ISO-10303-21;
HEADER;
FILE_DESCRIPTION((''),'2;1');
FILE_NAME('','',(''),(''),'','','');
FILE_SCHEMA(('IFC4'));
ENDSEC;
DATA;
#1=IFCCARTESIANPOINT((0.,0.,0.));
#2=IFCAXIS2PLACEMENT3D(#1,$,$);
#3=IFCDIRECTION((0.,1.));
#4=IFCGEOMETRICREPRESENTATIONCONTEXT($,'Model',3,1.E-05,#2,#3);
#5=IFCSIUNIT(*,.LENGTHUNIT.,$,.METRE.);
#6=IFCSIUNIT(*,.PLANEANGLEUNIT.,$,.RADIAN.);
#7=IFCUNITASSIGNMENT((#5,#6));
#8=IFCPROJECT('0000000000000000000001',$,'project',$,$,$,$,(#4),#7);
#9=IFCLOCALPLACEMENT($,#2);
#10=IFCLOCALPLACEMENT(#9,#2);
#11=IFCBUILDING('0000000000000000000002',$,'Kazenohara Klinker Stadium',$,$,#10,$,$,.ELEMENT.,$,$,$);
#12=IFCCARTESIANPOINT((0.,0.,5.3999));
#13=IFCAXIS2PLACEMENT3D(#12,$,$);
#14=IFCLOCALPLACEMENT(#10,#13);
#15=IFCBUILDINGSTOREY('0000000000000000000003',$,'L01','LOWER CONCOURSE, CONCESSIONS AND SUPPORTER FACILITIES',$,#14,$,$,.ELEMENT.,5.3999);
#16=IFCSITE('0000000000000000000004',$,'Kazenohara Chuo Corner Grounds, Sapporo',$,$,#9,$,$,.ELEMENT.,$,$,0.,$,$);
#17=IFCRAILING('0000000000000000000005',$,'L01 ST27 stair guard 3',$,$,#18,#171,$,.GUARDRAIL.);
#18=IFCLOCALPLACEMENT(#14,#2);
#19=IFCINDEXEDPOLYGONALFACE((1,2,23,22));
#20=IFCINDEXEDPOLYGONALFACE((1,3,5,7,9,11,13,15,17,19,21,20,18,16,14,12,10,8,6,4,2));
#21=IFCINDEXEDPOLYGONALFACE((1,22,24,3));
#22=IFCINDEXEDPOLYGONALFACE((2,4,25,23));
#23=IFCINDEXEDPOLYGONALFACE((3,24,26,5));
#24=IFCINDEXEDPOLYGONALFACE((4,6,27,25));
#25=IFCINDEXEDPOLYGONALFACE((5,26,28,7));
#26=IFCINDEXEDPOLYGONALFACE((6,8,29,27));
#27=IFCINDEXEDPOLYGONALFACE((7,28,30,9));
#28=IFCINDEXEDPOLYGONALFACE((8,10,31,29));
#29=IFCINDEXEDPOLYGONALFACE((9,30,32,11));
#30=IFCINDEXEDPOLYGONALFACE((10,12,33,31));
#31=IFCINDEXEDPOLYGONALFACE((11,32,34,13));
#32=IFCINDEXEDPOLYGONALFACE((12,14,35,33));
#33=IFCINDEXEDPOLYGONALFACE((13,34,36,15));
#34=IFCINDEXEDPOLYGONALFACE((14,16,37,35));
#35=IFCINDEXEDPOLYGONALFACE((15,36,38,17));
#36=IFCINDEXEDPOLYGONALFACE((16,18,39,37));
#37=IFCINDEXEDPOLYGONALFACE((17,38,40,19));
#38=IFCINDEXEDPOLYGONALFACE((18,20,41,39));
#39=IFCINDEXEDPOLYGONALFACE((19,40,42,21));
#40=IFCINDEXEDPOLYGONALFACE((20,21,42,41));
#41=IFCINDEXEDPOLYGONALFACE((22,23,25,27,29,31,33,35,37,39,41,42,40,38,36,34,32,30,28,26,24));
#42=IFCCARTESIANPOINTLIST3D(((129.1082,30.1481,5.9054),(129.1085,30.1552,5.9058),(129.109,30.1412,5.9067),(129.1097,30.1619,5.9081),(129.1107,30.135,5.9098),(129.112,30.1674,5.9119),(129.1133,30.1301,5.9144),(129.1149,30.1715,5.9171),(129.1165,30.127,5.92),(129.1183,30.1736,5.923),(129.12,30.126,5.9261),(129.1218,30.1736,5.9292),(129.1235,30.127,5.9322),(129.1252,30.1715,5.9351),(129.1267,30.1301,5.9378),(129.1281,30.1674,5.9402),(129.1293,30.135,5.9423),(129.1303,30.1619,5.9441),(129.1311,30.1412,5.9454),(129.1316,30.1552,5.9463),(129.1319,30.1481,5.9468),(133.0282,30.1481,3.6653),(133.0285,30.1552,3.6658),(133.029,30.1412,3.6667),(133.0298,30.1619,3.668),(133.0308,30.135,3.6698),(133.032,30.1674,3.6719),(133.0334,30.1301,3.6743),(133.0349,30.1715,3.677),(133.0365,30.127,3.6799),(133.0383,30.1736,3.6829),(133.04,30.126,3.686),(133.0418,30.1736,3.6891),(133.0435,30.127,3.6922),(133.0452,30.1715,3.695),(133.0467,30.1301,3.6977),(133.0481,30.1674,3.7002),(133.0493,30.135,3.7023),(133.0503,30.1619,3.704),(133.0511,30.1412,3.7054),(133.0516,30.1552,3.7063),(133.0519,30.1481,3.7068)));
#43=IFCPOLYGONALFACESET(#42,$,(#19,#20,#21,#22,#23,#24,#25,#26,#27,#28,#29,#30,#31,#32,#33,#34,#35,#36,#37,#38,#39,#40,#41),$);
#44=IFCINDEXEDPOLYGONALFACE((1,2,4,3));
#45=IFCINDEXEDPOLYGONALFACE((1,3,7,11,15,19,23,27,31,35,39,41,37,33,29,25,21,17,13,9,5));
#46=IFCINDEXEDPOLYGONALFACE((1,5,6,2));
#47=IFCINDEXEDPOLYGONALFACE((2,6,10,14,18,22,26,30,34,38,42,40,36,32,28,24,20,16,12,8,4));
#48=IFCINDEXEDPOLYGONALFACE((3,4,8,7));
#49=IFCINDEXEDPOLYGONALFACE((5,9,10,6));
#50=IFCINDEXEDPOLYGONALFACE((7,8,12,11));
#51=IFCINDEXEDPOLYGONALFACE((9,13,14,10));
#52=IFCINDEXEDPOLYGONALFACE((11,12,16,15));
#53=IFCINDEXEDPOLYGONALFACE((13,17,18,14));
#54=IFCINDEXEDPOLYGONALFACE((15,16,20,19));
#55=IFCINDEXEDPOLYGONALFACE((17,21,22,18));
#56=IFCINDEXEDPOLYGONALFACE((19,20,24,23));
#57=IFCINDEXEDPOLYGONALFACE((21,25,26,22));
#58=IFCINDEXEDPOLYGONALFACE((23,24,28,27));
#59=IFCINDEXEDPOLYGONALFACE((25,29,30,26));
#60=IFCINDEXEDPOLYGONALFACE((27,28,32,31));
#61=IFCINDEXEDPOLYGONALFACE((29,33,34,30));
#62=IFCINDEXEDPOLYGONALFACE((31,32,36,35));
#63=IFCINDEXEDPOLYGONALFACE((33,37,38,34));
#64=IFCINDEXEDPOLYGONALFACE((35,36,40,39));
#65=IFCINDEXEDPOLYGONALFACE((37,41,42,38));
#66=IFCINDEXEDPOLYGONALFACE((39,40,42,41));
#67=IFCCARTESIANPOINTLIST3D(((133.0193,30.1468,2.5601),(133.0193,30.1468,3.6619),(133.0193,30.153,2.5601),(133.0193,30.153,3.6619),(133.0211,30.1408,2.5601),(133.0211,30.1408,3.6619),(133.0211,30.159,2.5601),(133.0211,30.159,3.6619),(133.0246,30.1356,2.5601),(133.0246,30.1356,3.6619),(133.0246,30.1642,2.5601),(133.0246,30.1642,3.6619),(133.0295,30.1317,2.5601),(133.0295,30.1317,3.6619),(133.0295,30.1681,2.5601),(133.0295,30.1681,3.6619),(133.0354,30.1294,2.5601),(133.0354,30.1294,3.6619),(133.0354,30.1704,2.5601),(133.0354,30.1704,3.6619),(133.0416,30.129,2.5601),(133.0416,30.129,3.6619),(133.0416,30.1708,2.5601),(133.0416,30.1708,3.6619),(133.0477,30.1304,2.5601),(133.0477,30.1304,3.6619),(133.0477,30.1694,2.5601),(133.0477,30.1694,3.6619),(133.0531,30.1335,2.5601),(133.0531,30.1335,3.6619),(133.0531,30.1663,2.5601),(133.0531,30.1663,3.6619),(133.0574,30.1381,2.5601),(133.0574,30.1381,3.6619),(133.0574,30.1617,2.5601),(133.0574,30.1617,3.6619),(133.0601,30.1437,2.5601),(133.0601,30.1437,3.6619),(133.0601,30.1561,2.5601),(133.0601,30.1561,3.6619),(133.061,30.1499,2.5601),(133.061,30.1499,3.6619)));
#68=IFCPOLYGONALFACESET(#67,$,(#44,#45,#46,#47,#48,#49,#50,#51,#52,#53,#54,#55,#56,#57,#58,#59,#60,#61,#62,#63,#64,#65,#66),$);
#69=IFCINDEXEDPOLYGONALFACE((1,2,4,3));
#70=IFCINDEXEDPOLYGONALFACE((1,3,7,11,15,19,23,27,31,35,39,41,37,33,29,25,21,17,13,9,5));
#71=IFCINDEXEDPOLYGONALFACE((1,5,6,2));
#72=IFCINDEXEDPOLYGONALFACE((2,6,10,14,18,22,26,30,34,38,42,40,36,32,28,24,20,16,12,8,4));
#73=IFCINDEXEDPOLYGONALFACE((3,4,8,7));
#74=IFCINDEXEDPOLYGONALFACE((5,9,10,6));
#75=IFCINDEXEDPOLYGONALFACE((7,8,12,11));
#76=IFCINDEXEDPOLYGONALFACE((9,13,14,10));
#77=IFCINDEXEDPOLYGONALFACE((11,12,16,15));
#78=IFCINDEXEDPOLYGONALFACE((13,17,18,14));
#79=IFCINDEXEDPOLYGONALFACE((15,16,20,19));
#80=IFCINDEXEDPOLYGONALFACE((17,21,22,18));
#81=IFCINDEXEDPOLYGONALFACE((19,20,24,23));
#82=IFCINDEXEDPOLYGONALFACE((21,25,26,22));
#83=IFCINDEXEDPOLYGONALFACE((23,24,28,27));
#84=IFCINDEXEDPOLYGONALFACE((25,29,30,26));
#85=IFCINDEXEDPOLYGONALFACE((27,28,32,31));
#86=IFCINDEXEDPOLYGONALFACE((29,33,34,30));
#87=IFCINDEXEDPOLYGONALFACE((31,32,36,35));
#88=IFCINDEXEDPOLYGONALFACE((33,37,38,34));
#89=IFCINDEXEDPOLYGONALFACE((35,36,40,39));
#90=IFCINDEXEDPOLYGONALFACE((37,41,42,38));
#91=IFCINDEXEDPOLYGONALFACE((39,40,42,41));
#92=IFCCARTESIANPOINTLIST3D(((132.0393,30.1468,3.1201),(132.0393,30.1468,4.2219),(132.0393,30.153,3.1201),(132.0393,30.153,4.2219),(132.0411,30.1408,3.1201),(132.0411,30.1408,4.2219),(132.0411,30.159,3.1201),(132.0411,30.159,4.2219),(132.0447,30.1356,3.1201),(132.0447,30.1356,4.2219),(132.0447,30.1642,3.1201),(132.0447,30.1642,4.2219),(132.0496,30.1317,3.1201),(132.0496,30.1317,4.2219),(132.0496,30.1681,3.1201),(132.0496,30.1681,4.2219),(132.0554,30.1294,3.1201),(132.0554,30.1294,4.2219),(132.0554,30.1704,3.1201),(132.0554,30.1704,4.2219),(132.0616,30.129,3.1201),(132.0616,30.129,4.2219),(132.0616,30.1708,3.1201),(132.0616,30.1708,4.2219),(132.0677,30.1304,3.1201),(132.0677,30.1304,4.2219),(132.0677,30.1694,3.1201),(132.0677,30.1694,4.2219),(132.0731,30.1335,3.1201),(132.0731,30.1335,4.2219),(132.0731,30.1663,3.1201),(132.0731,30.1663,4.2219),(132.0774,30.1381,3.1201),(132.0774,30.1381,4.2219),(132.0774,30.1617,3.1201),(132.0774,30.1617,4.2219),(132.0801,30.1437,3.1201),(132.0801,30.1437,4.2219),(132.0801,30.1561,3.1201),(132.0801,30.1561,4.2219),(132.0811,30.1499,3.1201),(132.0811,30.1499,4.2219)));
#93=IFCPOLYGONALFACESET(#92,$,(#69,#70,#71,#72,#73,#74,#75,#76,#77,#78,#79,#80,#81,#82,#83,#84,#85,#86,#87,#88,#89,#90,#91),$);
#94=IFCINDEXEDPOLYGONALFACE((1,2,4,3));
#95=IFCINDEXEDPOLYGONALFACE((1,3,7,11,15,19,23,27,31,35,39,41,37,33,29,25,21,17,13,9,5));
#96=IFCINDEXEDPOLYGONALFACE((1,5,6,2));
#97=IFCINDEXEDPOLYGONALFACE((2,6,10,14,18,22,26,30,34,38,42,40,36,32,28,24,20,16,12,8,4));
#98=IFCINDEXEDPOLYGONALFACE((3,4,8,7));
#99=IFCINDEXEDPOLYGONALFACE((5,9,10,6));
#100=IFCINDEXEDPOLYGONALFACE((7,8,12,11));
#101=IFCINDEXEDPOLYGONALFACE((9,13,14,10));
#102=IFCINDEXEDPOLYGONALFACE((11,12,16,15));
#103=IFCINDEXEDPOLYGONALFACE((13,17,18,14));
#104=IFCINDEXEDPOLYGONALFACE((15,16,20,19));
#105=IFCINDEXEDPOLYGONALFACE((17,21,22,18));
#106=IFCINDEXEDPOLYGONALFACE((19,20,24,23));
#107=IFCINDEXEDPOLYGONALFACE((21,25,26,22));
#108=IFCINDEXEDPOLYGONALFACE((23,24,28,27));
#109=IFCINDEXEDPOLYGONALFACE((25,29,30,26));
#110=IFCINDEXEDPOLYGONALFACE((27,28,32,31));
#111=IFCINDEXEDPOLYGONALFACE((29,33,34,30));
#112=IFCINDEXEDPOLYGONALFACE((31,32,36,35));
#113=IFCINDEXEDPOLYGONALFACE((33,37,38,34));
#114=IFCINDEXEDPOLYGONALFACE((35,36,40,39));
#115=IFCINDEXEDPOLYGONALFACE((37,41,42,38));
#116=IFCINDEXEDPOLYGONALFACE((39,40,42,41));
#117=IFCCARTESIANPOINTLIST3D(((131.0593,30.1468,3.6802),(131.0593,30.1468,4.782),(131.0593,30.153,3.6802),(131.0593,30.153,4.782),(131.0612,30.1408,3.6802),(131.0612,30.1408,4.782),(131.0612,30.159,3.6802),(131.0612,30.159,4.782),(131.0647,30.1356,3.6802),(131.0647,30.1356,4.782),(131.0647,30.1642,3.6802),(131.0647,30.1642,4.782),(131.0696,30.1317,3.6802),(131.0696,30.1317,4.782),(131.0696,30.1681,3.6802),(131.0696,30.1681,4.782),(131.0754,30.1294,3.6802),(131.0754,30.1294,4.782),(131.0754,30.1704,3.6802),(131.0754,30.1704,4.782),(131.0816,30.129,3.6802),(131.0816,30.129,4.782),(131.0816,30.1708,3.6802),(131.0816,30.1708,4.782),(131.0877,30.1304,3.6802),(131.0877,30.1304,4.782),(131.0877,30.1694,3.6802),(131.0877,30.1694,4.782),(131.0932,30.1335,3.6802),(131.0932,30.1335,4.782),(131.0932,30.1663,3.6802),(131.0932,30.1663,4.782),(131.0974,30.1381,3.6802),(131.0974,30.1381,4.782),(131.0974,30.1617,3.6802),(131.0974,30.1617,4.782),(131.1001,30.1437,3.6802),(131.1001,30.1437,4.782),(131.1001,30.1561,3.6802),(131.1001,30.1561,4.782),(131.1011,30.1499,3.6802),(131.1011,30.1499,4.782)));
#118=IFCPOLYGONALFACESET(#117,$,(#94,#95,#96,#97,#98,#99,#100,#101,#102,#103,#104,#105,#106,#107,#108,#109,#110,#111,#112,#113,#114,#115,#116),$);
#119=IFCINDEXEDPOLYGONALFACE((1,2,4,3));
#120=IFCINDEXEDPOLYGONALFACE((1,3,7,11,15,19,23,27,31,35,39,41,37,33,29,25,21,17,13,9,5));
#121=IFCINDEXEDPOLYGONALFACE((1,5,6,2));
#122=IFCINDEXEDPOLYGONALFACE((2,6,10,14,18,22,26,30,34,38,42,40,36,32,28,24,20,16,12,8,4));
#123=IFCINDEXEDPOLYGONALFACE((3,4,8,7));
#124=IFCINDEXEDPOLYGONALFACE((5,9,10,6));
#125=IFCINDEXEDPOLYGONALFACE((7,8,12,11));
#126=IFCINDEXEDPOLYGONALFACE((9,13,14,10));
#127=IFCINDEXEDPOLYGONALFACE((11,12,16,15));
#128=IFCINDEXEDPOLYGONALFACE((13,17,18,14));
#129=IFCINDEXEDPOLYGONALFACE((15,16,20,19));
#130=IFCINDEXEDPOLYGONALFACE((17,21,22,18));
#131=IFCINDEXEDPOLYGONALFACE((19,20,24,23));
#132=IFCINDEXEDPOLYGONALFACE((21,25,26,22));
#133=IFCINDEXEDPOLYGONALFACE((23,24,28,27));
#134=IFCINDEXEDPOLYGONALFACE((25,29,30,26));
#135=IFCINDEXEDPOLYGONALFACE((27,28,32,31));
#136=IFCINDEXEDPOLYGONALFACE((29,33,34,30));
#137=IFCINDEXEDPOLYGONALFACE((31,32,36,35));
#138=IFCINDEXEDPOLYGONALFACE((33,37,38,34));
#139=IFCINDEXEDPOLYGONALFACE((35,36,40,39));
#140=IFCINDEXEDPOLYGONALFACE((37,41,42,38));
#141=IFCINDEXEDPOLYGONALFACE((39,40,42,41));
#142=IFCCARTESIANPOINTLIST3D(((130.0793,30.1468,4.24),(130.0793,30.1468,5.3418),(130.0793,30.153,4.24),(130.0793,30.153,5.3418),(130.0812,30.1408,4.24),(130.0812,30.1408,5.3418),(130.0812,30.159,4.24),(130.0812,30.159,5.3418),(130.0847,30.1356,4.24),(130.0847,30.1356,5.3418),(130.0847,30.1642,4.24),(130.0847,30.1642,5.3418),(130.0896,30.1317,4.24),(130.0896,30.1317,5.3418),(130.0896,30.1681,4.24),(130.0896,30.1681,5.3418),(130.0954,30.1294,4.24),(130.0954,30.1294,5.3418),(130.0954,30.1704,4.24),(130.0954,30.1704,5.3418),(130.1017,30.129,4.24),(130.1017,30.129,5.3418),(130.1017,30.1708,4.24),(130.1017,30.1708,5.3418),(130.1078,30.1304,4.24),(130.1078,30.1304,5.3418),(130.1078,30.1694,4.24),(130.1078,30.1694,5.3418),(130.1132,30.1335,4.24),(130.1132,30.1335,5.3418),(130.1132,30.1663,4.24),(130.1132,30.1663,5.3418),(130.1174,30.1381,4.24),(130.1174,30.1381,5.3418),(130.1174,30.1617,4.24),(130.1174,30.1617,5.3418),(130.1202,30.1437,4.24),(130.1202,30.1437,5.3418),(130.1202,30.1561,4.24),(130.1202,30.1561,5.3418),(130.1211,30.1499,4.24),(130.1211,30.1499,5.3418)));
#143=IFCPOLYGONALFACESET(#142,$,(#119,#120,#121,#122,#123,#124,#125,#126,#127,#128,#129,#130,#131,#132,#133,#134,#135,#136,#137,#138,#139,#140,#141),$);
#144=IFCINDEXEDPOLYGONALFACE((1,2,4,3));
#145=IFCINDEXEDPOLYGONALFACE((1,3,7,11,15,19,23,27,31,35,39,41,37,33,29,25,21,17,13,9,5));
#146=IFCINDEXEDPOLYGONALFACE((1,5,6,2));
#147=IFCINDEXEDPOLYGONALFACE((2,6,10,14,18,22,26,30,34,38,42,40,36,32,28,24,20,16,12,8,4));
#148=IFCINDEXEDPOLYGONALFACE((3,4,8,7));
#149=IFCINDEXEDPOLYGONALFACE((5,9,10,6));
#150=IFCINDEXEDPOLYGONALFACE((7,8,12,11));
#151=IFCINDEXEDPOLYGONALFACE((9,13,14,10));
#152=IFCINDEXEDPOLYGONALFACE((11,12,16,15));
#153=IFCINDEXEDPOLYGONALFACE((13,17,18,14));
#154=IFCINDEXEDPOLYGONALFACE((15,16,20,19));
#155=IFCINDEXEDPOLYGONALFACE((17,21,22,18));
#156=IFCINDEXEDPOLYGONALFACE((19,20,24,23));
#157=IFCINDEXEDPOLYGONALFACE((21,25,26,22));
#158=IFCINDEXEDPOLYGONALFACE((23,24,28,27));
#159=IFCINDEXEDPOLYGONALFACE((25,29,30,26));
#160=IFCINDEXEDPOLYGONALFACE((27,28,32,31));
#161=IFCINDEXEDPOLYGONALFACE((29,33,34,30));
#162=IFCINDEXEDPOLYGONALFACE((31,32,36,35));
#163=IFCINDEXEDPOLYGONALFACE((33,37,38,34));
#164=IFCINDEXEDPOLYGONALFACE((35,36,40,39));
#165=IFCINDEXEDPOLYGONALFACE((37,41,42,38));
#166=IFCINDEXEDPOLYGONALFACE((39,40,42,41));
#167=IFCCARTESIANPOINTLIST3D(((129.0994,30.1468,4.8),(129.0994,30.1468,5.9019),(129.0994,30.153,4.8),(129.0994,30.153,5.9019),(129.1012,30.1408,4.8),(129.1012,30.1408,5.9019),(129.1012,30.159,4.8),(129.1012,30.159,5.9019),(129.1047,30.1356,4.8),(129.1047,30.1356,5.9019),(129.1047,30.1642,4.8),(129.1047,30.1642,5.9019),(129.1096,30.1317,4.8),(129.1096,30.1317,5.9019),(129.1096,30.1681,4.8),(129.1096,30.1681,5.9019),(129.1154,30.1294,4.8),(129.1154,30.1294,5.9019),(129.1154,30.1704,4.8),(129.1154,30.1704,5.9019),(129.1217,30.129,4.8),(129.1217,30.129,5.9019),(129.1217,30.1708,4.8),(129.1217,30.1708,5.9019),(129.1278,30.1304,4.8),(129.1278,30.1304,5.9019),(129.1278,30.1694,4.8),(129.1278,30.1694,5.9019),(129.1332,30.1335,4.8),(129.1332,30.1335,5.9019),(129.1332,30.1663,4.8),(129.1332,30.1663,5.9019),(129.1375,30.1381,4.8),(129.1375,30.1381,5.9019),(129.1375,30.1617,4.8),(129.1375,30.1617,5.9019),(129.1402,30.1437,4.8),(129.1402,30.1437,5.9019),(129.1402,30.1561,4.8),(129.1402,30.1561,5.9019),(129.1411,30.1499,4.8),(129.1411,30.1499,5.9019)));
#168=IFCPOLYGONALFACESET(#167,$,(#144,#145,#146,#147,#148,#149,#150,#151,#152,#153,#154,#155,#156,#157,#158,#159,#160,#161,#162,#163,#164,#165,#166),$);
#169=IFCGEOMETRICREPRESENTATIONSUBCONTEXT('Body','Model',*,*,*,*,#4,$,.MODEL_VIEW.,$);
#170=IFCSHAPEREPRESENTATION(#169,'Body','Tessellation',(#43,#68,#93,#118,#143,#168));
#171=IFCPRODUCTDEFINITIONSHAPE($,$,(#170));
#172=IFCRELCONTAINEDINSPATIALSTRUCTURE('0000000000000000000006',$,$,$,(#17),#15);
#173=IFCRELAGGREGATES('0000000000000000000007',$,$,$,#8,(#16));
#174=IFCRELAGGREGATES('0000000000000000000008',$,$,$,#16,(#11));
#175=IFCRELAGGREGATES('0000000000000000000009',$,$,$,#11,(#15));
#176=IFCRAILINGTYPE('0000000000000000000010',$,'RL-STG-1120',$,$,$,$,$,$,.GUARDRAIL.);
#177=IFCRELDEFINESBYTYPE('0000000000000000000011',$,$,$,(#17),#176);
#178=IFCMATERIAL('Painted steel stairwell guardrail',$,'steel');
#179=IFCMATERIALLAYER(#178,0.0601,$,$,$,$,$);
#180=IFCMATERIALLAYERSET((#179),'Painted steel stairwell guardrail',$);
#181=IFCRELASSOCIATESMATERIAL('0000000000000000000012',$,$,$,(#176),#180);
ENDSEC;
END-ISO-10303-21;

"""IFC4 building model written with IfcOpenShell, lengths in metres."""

from ifc_helpers import new_model, si_unit, direction, frame, origin, origin_2d, place, context, subcontext, project, spatial, circle, extrude, material, layer, layer_set, type_object, element, save


model = new_model("IFC4")

# Units and contexts
model_context = context("Model", 3, precision=1e-05, world=origin(), true_north=direction((0.0, 1.0)))
body_context = subcontext(model_context, "Body", "Model", "MODEL_VIEW")
ifc_project = project(units=[si_unit("LENGTHUNIT", "METRE"), si_unit("PLANEANGLEUNIT", "RADIAN")], contexts=[model_context])

# Site, building, storey
site_placement = place(None, origin())
site = spatial("IfcSite", under=ifc_project, at=site_placement, Name="Kazenohara Chuo Corner Grounds, Sapporo", CompositionType="ELEMENT", RefElevation=0.0)
building_placement = place(site_placement, origin())
building = spatial("IfcBuilding", under=site, at=building_placement, Name="Kazenohara Klinker Stadium", CompositionType="ELEMENT")
storey_placement = place(building_placement, frame((0.0, 0.0, 5.3999)))
storey = spatial("IfcBuildingStorey", under=building, at=storey_placement, Name="L01", Description="LOWER CONCOURSE, CONCESSIONS AND SUPPORTER FACILITIES", CompositionType="ELEMENT", Elevation=5.3999)

# Railing
ifc_material_1 = material(Name="Painted steel stairwell guardrail", Category="steel")
ifc_layer_1 = layer(ifc_material_1, 0.0601)
ifc_layer_set_1 = layer_set([ifc_layer_1], Name="Painted steel stairwell guardrail")
railing_type_1 = type_object("IfcRailingType", Name="RL-STG-1120", PredefinedType="GUARDRAIL", material=ifc_layer_set_1)
railing_1_placement = place(storey_placement, frame((133.04, 30.1499, 2.5601)))
element("IfcRailing", 1, at=railing_1_placement, inside=storey, type_object=railing_type_1, Name="L01 ST27 stair guard 3", PredefinedType="GUARDRAIL", context=body_context, shape_type="SweptSolid", body=[
    extrude(circle(Radius=0.0239, at=origin_2d()), frame((0.0, 0.0, 1.126), z_axis=(-0.86824, 0.0, 0.496145), x_axis=(0.0, -1.0, 0.0)), (0.0, 0.0, 1.0), 4.5149),
    extrude(circle(Radius=0.021, at=origin_2d()), origin(), (0.0, 0.0, 1.0), 1.1018),
    extrude(circle(Radius=0.021, at=origin_2d()), frame((-0.98, 0.0, 0.5601)), (0.0, 0.0, 1.0), 1.1018),
    extrude(circle(Radius=0.021, at=origin_2d()), frame((-1.96, 0.0, 1.1201)), (0.0, 0.0, 1.0), 1.1018),
    extrude(circle(Radius=0.021, at=origin_2d()), frame((-2.9399, 0.0, 1.6799)), (0.0, 0.0, 1.0), 1.1018),
    extrude(circle(Radius=0.021, at=origin_2d()), frame((-3.9199, 0.0, 2.24)), (0.0, 0.0, 1.0), 1.1018),
])

save(model, "model.ifc")
